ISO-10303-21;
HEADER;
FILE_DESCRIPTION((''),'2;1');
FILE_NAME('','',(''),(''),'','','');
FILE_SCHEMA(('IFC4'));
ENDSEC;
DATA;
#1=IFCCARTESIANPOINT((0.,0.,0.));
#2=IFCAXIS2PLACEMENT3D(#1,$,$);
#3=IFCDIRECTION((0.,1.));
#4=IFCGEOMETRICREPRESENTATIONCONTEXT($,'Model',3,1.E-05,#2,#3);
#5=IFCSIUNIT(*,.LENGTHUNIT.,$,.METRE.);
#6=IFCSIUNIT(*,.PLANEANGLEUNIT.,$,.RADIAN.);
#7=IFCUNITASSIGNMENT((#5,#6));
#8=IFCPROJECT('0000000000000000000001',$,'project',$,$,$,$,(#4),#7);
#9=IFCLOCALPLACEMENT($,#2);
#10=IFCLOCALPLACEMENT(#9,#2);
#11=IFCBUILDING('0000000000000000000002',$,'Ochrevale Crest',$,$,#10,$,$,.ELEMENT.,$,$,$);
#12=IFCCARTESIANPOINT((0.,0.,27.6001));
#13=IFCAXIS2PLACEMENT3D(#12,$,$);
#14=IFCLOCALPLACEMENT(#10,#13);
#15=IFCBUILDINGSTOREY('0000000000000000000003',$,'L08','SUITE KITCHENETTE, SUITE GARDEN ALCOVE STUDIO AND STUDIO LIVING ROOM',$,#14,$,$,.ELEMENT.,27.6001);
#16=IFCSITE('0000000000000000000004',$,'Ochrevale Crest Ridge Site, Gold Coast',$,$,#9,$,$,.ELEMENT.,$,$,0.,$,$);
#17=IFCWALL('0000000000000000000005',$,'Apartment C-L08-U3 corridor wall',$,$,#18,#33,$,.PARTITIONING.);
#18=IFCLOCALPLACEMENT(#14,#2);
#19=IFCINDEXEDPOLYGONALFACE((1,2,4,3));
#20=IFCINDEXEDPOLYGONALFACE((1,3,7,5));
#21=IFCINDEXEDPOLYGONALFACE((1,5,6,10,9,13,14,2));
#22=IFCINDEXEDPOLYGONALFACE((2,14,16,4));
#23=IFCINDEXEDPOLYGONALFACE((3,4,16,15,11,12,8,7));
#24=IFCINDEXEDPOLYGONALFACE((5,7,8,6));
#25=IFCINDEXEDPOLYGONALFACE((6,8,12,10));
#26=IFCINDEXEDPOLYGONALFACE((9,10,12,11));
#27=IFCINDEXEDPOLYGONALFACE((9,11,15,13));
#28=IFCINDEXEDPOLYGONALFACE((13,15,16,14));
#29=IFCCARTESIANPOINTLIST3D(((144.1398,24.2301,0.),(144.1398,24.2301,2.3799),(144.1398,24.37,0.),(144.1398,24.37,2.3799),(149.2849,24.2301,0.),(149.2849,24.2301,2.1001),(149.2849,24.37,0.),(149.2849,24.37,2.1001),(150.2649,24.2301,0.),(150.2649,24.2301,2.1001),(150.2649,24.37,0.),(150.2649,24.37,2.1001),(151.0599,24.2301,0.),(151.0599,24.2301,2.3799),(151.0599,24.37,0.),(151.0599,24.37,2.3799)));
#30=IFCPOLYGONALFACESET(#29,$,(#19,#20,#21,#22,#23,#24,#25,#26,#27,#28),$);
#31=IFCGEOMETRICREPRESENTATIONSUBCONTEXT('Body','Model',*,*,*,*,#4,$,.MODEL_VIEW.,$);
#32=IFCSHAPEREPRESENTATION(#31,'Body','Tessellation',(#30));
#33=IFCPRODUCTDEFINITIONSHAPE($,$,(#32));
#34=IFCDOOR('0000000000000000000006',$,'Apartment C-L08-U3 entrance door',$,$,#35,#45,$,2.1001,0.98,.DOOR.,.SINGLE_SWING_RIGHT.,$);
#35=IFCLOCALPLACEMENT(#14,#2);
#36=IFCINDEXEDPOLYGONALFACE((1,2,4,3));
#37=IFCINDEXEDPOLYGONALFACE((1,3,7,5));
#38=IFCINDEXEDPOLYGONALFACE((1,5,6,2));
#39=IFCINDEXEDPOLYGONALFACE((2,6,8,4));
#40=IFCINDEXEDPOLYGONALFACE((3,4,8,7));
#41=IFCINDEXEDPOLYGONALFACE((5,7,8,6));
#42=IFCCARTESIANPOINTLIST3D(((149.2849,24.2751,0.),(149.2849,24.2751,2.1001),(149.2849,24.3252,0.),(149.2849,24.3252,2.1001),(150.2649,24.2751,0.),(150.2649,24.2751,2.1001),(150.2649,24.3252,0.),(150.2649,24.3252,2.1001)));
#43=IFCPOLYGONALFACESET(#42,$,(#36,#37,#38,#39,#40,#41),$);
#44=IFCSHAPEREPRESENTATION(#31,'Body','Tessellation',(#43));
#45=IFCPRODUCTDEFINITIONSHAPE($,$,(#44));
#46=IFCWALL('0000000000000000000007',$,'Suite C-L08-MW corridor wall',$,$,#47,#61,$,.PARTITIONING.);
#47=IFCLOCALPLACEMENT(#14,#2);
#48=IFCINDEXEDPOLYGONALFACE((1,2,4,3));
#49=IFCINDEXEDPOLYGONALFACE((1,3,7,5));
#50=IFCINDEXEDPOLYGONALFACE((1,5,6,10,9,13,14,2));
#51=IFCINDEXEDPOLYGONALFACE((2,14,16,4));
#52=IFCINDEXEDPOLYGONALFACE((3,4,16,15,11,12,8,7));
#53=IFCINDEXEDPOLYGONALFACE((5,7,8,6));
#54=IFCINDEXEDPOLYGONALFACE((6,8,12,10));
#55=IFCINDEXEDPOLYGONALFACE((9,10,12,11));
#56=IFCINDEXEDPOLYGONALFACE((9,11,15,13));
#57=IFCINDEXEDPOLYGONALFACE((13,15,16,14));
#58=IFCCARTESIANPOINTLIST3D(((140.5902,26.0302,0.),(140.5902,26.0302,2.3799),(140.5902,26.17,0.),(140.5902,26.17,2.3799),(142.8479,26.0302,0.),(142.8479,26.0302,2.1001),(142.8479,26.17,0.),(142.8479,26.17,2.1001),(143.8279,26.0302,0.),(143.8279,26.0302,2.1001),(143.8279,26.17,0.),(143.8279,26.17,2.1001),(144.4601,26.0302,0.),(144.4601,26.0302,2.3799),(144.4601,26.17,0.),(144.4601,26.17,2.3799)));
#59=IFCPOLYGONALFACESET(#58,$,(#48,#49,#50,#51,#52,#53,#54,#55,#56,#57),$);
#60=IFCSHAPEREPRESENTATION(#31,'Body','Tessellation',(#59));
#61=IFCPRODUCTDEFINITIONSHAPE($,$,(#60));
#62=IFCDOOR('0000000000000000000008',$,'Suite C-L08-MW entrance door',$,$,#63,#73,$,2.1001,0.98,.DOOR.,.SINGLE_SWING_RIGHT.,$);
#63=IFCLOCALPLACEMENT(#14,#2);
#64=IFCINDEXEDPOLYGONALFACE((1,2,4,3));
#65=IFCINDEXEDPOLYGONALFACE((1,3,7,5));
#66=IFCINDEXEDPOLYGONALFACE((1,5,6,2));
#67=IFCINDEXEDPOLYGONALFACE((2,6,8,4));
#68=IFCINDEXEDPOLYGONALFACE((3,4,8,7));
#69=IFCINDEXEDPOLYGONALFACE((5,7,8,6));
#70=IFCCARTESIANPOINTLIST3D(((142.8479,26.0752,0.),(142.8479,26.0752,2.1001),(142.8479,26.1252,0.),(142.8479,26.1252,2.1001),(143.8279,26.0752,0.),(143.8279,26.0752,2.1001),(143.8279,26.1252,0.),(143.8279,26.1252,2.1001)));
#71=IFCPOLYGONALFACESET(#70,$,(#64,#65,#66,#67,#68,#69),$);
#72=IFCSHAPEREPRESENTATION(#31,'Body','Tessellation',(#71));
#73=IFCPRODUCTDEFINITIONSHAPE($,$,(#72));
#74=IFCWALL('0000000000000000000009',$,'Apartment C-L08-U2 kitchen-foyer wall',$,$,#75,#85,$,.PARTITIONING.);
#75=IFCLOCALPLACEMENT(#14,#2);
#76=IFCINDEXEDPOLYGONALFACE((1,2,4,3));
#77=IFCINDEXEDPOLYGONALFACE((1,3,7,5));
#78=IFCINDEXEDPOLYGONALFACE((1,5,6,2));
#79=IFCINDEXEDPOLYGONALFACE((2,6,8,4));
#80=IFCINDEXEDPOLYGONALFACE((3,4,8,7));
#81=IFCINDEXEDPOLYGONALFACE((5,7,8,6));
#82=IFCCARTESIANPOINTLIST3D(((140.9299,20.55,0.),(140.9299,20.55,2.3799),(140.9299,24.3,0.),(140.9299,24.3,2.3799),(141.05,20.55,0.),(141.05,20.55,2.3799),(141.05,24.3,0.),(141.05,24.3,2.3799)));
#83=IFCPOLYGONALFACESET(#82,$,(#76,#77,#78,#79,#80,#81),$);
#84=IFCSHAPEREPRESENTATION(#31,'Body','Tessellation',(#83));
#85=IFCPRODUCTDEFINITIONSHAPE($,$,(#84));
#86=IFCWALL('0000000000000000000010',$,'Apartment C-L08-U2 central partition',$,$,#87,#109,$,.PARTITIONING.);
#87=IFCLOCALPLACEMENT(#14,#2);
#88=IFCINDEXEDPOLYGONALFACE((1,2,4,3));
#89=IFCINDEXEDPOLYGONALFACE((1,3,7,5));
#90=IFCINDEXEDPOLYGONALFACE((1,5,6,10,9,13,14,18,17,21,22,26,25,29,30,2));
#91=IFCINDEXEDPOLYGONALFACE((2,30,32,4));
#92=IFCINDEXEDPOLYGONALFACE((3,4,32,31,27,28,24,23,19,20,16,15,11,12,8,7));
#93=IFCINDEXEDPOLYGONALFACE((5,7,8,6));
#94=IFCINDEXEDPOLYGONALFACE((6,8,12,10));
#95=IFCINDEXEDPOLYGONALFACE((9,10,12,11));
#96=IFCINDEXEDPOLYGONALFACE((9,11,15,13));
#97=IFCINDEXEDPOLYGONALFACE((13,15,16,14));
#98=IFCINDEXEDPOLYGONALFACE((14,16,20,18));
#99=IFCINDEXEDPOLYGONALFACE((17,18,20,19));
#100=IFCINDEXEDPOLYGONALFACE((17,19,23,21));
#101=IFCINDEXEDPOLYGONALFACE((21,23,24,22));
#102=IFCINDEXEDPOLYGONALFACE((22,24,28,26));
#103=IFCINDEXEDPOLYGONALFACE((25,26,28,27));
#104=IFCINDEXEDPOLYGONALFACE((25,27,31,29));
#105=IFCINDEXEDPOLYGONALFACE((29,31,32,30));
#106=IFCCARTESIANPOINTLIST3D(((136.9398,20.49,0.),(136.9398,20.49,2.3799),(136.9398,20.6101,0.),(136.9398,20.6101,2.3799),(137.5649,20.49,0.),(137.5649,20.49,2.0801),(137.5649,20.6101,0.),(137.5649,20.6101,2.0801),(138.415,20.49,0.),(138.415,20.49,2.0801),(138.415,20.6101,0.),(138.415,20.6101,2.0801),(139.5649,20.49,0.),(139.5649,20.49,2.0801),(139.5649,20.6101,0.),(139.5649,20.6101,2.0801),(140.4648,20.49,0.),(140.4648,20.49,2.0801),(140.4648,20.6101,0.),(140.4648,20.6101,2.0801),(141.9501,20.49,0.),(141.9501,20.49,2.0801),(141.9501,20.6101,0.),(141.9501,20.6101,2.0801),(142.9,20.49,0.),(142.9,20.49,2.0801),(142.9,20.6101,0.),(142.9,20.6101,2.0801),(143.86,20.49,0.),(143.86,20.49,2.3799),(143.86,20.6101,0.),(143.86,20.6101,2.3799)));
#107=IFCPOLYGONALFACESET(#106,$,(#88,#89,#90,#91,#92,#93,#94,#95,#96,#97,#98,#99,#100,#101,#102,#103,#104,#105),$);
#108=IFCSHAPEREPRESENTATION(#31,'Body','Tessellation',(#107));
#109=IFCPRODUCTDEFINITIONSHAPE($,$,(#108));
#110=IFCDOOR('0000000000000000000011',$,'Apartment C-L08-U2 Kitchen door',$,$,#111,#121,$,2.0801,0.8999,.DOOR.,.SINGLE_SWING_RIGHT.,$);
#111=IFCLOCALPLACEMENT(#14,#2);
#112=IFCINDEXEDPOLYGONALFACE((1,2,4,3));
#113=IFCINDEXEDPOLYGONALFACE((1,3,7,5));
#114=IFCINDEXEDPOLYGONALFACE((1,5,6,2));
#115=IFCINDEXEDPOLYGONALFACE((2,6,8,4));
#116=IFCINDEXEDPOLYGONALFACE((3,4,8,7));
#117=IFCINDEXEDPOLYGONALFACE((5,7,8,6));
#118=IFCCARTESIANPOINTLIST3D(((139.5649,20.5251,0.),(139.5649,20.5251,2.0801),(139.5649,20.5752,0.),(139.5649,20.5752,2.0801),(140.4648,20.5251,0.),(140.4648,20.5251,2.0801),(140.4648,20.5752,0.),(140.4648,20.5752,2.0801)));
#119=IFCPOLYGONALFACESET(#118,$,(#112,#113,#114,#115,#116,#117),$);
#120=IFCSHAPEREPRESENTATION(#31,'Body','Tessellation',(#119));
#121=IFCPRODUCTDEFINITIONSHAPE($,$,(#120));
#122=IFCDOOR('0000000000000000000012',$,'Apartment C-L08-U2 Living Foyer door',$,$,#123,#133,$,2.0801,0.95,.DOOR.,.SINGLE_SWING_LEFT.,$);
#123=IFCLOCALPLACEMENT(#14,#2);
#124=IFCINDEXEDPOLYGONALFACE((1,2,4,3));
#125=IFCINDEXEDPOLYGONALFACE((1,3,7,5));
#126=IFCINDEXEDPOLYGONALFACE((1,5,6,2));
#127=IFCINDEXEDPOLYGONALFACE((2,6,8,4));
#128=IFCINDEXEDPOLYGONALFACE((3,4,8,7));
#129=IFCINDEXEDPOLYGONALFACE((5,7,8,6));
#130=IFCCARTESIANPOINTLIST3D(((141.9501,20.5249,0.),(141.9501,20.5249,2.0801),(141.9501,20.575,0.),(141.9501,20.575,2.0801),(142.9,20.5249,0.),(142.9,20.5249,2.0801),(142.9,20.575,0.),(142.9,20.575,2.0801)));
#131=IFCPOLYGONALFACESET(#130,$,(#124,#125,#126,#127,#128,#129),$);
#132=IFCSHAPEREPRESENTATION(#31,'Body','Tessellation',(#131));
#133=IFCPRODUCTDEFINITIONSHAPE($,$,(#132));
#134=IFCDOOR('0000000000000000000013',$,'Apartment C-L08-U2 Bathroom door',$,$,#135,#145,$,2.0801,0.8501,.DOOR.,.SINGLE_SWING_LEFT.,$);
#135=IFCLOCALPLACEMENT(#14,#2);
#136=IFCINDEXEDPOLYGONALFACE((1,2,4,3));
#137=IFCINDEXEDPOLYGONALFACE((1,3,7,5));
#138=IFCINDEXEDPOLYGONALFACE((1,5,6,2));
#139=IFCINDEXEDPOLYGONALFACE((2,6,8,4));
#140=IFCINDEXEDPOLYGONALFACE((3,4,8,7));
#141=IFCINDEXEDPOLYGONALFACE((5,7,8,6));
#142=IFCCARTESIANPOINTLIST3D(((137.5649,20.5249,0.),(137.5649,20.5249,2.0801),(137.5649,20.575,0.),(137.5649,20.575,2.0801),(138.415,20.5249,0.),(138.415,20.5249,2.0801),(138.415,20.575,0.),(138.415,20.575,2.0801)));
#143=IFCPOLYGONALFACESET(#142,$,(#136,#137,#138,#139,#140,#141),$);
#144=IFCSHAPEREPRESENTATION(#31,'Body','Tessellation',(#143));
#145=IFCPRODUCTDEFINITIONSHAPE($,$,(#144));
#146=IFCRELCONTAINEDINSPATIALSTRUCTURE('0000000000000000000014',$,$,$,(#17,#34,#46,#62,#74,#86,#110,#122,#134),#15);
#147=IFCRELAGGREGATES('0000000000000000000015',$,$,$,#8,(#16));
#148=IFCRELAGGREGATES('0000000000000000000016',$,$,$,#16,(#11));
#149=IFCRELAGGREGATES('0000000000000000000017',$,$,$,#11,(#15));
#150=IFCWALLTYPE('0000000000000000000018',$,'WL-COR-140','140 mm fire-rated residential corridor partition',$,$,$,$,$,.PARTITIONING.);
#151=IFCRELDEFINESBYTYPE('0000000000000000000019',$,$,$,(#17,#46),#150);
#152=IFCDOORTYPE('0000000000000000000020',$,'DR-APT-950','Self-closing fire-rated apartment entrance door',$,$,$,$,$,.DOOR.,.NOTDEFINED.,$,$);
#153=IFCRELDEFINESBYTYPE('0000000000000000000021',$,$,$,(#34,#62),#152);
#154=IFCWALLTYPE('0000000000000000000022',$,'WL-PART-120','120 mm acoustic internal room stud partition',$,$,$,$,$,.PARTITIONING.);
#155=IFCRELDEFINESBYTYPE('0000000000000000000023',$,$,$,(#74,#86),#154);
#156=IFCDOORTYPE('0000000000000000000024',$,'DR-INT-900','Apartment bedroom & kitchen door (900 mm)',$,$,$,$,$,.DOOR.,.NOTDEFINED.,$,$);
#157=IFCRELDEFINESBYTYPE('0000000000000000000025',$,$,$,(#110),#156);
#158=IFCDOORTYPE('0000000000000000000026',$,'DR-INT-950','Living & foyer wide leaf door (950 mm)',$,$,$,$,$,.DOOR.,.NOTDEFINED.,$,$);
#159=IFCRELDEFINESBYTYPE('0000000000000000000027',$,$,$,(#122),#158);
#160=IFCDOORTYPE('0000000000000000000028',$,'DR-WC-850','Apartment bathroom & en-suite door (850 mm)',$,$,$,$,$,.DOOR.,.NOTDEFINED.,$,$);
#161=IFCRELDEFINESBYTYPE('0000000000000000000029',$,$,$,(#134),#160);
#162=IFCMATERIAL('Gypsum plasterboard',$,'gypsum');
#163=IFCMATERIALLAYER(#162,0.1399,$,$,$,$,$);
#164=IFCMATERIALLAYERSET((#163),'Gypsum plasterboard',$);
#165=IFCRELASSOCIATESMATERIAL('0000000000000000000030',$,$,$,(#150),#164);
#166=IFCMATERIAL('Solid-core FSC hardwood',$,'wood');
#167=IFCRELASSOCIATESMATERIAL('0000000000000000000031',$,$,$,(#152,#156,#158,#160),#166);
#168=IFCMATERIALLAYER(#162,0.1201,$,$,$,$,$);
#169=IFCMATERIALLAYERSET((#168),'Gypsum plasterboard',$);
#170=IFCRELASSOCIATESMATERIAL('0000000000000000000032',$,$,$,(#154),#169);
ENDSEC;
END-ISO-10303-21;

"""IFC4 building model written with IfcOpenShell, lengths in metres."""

from ifc_helpers import new_model, si_unit, direction, frame, frame_2d, origin, place, context, subcontext, project, spatial, rectangle, extrude, material, layer, layer_set, type_object, element, fill, save


model = new_model("IFC4")

# Units and contexts
model_context = context("Model", 3, precision=1e-05, world=origin(), true_north=direction((0.0, 1.0)))
body_context = subcontext(model_context, "Body", "Model", "MODEL_VIEW")
ifc_project = project(units=[si_unit("LENGTHUNIT", "METRE"), si_unit("PLANEANGLEUNIT", "RADIAN")], contexts=[model_context])

# Site, building, storey
site_placement = place(None, origin())
site = spatial("IfcSite", under=ifc_project, at=site_placement, Name="Ochrevale Crest Ridge Site, Gold Coast", CompositionType="ELEMENT", RefElevation=0.0)
building_placement = place(site_placement, origin())
building = spatial("IfcBuilding", under=site, at=building_placement, Name="Ochrevale Crest", CompositionType="ELEMENT")
storey_placement = place(building_placement, frame((0.0, 0.0, 27.6001)))
storey = spatial("IfcBuildingStorey", under=building, at=storey_placement, Name="L08", Description="SUITE KITCHENETTE, SUITE GARDEN ALCOVE STUDIO AND STUDIO LIVING ROOM", CompositionType="ELEMENT", Elevation=27.6001)

# Walls, openings, doors
ifc_material_1 = material(Name="Gypsum plasterboard", Category="gypsum")
ifc_layer_1 = layer(ifc_material_1, 0.1399)
ifc_layer_set_1 = layer_set([ifc_layer_1], Name="Gypsum plasterboard")
wall_type_1 = type_object("IfcWallType", Name="WL-COR-140", Description="140 mm fire-rated residential corridor partition", PredefinedType="PARTITIONING", material=ifc_layer_set_1)
ifc_material_2 = material(Name="Solid-core FSC hardwood", Category="wood")
door_type_1 = type_object("IfcDoorType", Name="DR-APT-950", Description="Self-closing fire-rated apartment entrance door", OperationType="NOTDEFINED", PredefinedType="DOOR", material=ifc_material_2)
wall_1_placement = place(storey_placement, frame((144.1399, 24.3, 0.0), z_axis=(0.0, 0.0, 1.0), x_axis=(1.0, 0.0, 0.0)))
wall_1 = element("IfcWall", 1, at=wall_1_placement, inside=storey, type_object=wall_type_1, Name="Apartment C-L08-U3 corridor wall", PredefinedType="PARTITIONING", context=body_context, shape_type="SweptSolid", body=[
    extrude(rectangle(XDim=6.9202, YDim=0.1399, at=frame_2d((3.46, 0.0))), origin(), (0.0, 0.0, 1.0), 2.3799),
])
opening_1_placement = place(wall_1_placement, frame((6.125, 0.0, 0.0), z_axis=(0.0, 0.0, 1.0), x_axis=(-1.0, 0.0, 0.0)))
opening_1 = element("IfcOpeningElement", 2, at=opening_1_placement, cuts=wall_1, PredefinedType="OPENING", context=body_context, shape_type="SweptSolid", body=[
    extrude(rectangle(XDim=0.98, YDim=2.1001, at=frame_2d((0.49, 1.05))), frame((0.0, 0.0801, 0.0), z_axis=(0.0, -1.0, 0.0), x_axis=(1.0, 0.0, 0.0)), (0.0, 0.0, 1.0), 0.1599),
])
door_1_placement = place(opening_1_placement, origin())
door_1 = element("IfcDoor", 3, at=door_1_placement, inside=storey, type_object=door_type_1, Name="Apartment C-L08-U3 entrance door", OperationType="SINGLE_SWING_RIGHT", OverallHeight=2.1001, OverallWidth=0.98, PredefinedType="DOOR", context=body_context, shape_type="SweptSolid", body=[
    extrude(rectangle(XDim=0.98, YDim=2.1001, at=frame_2d((0.49, 1.05))), frame((0.0, 0.0249, 0.0), z_axis=(0.0, -1.0, 0.0), x_axis=(1.0, 0.0, 0.0)), (0.0, 0.0, 1.0), 0.05),
])
fill(opening_1, door_1)
wall_2_placement = place(storey_placement, frame((140.5901, 26.1001, 0.0), z_axis=(0.0, 0.0, 1.0), x_axis=(1.0, 0.0, 0.0)))
wall_2 = element("IfcWall", 4, at=wall_2_placement, inside=storey, type_object=wall_type_1, Name="Suite C-L08-MW corridor wall", PredefinedType="PARTITIONING", context=body_context, shape_type="SweptSolid", body=[
    extrude(rectangle(XDim=3.8699, YDim=0.1399, at=frame_2d((1.9351, 0.0))), origin(), (0.0, 0.0, 1.0), 2.3799),
])
opening_2_placement = place(wall_2_placement, frame((3.2378, 0.0, 0.0), z_axis=(0.0, 0.0, 1.0), x_axis=(-1.0, 0.0, 0.0)))
opening_2 = element("IfcOpeningElement", 5, at=opening_2_placement, cuts=wall_2, PredefinedType="OPENING", context=body_context, shape_type="SweptSolid", body=[
    extrude(rectangle(XDim=0.98, YDim=2.1001, at=frame_2d((0.49, 1.05))), frame((0.0, 0.0801, 0.0), z_axis=(0.0, -1.0, 0.0), x_axis=(1.0, 0.0, 0.0)), (0.0, 0.0, 1.0), 0.1599),
])
door_2_placement = place(opening_2_placement, origin())
door_2 = element("IfcDoor", 6, at=door_2_placement, inside=storey, type_object=door_type_1, Name="Suite C-L08-MW entrance door", OperationType="SINGLE_SWING_RIGHT", OverallHeight=2.1001, OverallWidth=0.98, PredefinedType="DOOR", context=body_context, shape_type="SweptSolid", body=[
    extrude(rectangle(XDim=0.98, YDim=2.1001, at=frame_2d((0.49, 1.05))), frame((0.0, 0.0249, 0.0), z_axis=(0.0, -1.0, 0.0), x_axis=(1.0, 0.0, 0.0)), (0.0, 0.0, 1.0), 0.05),
])
fill(opening_2, door_2)

# Wall
ifc_layer_2 = layer(ifc_material_1, 0.1201)
ifc_layer_set_2 = layer_set([ifc_layer_2], Name="Gypsum plasterboard")
wall_type_2 = type_object("IfcWallType", Name="WL-PART-120", Description="120 mm acoustic internal room stud partition", PredefinedType="PARTITIONING", material=ifc_layer_set_2)
wall_3_placement = place(storey_placement, frame((140.99, 20.55, 0.0), z_axis=(0.0, 0.0, 1.0), x_axis=(0.0, 1.0, 0.0)))
element("IfcWall", 7, at=wall_3_placement, inside=storey, type_object=wall_type_2, Name="Apartment C-L08-U2 kitchen-foyer wall", PredefinedType="PARTITIONING", context=body_context, shape_type="SweptSolid", body=[
    extrude(rectangle(XDim=3.75, YDim=0.1201, at=frame_2d((1.875, 0.0))), origin(), (0.0, 0.0, 1.0), 2.3799),
])

# Wall, openings, doors
wall_4_placement = place(storey_placement, frame((136.9399, 20.55, 0.0), z_axis=(0.0, 0.0, 1.0), x_axis=(1.0, 0.0, 0.0)))
wall_4 = element("IfcWall", 8, at=wall_4_placement, inside=storey, type_object=wall_type_2, Name="Apartment C-L08-U2 central partition", PredefinedType="PARTITIONING", context=body_context, shape_type="SweptSolid", body=[
    extrude(rectangle(XDim=6.9202, YDim=0.1201, at=frame_2d((3.46, 0.0))), origin(), (0.0, 0.0, 1.0), 2.3799),
])
opening_3_placement = place(wall_4_placement, frame((0.625, 0.0, 0.0)))
opening_3 = element("IfcOpeningElement", 9, at=opening_3_placement, cuts=wall_4, PredefinedType="OPENING", context=body_context, shape_type="SweptSolid", body=[
    extrude(rectangle(XDim=0.8501, YDim=2.0801, at=frame_2d((0.425, 1.04))), frame((0.0, 0.0701, 0.0), z_axis=(0.0, -1.0, 0.0), x_axis=(1.0, 0.0, 0.0)), (0.0, 0.0, 1.0), 0.1401),
])
opening_4_placement = place(wall_4_placement, frame((3.5249, 0.0, 0.0), z_axis=(0.0, 0.0, 1.0), x_axis=(-1.0, 0.0, 0.0)))
opening_4 = element("IfcOpeningElement", 10, at=opening_4_placement, cuts=wall_4, PredefinedType="OPENING", context=body_context, shape_type="SweptSolid", body=[
    extrude(rectangle(XDim=0.8999, YDim=2.0801, at=frame_2d((0.45, 1.04))), frame((0.0, 0.0701, 0.0), z_axis=(0.0, -1.0, 0.0), x_axis=(1.0, 0.0, 0.0)), (0.0, 0.0, 1.0), 0.1401),
])
opening_5_placement = place(wall_4_placement, frame((5.01, 0.0, 0.0)))
opening_5 = element("IfcOpeningElement", 11, at=opening_5_placement, cuts=wall_4, PredefinedType="OPENING", context=body_context, shape_type="SweptSolid", body=[
    extrude(rectangle(XDim=0.95, YDim=2.0801, at=frame_2d((0.4751, 1.04))), frame((0.0, 0.0701, 0.0), z_axis=(0.0, -1.0, 0.0), x_axis=(1.0, 0.0, 0.0)), (0.0, 0.0, 1.0), 0.1401),
])
door_type_2 = type_object("IfcDoorType", Name="DR-INT-900", Description="Apartment bedroom & kitchen door (900 mm)", OperationType="NOTDEFINED", PredefinedType="DOOR", material=ifc_material_2)
door_3_placement = place(opening_4_placement, origin())
door_3 = element("IfcDoor", 12, at=door_3_placement, inside=storey, type_object=door_type_2, Name="Apartment C-L08-U2 Kitchen door", OperationType="SINGLE_SWING_RIGHT", OverallHeight=2.0801, OverallWidth=0.8999, PredefinedType="DOOR", context=body_context, shape_type="SweptSolid", body=[
    extrude(rectangle(XDim=0.8999, YDim=2.0801, at=frame_2d((0.45, 1.04))), frame((0.0, 0.0249, 0.0), z_axis=(0.0, -1.0, 0.0), x_axis=(1.0, 0.0, 0.0)), (0.0, 0.0, 1.0), 0.05),
])
fill(opening_4, door_3)
door_type_3 = type_object("IfcDoorType", Name="DR-INT-950", Description="Living & foyer wide leaf door (950 mm)", OperationType="NOTDEFINED", PredefinedType="DOOR", material=ifc_material_2)
door_4_placement = place(opening_5_placement, origin())
door_4 = element("IfcDoor", 13, at=door_4_placement, inside=storey, type_object=door_type_3, Name="Apartment C-L08-U2 Living Foyer door", OperationType="SINGLE_SWING_LEFT", OverallHeight=2.0801, OverallWidth=0.95, PredefinedType="DOOR", context=body_context, shape_type="SweptSolid", body=[
    extrude(rectangle(XDim=0.95, YDim=2.0801, at=frame_2d((0.4751, 1.04))), frame((0.0, 0.0249, 0.0), z_axis=(0.0, -1.0, 0.0), x_axis=(1.0, 0.0, 0.0)), (0.0, 0.0, 1.0), 0.05),
])
fill(opening_5, door_4)
door_type_4 = type_object("IfcDoorType", Name="DR-WC-850", Description="Apartment bathroom & en-suite door (850 mm)", OperationType="NOTDEFINED", PredefinedType="DOOR", material=ifc_material_2)
door_5_placement = place(opening_3_placement, origin())
door_5 = element("IfcDoor", 14, at=door_5_placement, inside=storey, type_object=door_type_4, Name="Apartment C-L08-U2 Bathroom door", OperationType="SINGLE_SWING_LEFT", OverallHeight=2.0801, OverallWidth=0.8501, PredefinedType="DOOR", context=body_context, shape_type="SweptSolid", body=[
    extrude(rectangle(XDim=0.8501, YDim=2.0801, at=frame_2d((0.425, 1.04))), frame((0.0, 0.0249, 0.0), z_axis=(0.0, -1.0, 0.0), x_axis=(1.0, 0.0, 0.0)), (0.0, 0.0, 1.0), 0.05),
])
fill(opening_3, door_5)

save(model, "model.ifc")
